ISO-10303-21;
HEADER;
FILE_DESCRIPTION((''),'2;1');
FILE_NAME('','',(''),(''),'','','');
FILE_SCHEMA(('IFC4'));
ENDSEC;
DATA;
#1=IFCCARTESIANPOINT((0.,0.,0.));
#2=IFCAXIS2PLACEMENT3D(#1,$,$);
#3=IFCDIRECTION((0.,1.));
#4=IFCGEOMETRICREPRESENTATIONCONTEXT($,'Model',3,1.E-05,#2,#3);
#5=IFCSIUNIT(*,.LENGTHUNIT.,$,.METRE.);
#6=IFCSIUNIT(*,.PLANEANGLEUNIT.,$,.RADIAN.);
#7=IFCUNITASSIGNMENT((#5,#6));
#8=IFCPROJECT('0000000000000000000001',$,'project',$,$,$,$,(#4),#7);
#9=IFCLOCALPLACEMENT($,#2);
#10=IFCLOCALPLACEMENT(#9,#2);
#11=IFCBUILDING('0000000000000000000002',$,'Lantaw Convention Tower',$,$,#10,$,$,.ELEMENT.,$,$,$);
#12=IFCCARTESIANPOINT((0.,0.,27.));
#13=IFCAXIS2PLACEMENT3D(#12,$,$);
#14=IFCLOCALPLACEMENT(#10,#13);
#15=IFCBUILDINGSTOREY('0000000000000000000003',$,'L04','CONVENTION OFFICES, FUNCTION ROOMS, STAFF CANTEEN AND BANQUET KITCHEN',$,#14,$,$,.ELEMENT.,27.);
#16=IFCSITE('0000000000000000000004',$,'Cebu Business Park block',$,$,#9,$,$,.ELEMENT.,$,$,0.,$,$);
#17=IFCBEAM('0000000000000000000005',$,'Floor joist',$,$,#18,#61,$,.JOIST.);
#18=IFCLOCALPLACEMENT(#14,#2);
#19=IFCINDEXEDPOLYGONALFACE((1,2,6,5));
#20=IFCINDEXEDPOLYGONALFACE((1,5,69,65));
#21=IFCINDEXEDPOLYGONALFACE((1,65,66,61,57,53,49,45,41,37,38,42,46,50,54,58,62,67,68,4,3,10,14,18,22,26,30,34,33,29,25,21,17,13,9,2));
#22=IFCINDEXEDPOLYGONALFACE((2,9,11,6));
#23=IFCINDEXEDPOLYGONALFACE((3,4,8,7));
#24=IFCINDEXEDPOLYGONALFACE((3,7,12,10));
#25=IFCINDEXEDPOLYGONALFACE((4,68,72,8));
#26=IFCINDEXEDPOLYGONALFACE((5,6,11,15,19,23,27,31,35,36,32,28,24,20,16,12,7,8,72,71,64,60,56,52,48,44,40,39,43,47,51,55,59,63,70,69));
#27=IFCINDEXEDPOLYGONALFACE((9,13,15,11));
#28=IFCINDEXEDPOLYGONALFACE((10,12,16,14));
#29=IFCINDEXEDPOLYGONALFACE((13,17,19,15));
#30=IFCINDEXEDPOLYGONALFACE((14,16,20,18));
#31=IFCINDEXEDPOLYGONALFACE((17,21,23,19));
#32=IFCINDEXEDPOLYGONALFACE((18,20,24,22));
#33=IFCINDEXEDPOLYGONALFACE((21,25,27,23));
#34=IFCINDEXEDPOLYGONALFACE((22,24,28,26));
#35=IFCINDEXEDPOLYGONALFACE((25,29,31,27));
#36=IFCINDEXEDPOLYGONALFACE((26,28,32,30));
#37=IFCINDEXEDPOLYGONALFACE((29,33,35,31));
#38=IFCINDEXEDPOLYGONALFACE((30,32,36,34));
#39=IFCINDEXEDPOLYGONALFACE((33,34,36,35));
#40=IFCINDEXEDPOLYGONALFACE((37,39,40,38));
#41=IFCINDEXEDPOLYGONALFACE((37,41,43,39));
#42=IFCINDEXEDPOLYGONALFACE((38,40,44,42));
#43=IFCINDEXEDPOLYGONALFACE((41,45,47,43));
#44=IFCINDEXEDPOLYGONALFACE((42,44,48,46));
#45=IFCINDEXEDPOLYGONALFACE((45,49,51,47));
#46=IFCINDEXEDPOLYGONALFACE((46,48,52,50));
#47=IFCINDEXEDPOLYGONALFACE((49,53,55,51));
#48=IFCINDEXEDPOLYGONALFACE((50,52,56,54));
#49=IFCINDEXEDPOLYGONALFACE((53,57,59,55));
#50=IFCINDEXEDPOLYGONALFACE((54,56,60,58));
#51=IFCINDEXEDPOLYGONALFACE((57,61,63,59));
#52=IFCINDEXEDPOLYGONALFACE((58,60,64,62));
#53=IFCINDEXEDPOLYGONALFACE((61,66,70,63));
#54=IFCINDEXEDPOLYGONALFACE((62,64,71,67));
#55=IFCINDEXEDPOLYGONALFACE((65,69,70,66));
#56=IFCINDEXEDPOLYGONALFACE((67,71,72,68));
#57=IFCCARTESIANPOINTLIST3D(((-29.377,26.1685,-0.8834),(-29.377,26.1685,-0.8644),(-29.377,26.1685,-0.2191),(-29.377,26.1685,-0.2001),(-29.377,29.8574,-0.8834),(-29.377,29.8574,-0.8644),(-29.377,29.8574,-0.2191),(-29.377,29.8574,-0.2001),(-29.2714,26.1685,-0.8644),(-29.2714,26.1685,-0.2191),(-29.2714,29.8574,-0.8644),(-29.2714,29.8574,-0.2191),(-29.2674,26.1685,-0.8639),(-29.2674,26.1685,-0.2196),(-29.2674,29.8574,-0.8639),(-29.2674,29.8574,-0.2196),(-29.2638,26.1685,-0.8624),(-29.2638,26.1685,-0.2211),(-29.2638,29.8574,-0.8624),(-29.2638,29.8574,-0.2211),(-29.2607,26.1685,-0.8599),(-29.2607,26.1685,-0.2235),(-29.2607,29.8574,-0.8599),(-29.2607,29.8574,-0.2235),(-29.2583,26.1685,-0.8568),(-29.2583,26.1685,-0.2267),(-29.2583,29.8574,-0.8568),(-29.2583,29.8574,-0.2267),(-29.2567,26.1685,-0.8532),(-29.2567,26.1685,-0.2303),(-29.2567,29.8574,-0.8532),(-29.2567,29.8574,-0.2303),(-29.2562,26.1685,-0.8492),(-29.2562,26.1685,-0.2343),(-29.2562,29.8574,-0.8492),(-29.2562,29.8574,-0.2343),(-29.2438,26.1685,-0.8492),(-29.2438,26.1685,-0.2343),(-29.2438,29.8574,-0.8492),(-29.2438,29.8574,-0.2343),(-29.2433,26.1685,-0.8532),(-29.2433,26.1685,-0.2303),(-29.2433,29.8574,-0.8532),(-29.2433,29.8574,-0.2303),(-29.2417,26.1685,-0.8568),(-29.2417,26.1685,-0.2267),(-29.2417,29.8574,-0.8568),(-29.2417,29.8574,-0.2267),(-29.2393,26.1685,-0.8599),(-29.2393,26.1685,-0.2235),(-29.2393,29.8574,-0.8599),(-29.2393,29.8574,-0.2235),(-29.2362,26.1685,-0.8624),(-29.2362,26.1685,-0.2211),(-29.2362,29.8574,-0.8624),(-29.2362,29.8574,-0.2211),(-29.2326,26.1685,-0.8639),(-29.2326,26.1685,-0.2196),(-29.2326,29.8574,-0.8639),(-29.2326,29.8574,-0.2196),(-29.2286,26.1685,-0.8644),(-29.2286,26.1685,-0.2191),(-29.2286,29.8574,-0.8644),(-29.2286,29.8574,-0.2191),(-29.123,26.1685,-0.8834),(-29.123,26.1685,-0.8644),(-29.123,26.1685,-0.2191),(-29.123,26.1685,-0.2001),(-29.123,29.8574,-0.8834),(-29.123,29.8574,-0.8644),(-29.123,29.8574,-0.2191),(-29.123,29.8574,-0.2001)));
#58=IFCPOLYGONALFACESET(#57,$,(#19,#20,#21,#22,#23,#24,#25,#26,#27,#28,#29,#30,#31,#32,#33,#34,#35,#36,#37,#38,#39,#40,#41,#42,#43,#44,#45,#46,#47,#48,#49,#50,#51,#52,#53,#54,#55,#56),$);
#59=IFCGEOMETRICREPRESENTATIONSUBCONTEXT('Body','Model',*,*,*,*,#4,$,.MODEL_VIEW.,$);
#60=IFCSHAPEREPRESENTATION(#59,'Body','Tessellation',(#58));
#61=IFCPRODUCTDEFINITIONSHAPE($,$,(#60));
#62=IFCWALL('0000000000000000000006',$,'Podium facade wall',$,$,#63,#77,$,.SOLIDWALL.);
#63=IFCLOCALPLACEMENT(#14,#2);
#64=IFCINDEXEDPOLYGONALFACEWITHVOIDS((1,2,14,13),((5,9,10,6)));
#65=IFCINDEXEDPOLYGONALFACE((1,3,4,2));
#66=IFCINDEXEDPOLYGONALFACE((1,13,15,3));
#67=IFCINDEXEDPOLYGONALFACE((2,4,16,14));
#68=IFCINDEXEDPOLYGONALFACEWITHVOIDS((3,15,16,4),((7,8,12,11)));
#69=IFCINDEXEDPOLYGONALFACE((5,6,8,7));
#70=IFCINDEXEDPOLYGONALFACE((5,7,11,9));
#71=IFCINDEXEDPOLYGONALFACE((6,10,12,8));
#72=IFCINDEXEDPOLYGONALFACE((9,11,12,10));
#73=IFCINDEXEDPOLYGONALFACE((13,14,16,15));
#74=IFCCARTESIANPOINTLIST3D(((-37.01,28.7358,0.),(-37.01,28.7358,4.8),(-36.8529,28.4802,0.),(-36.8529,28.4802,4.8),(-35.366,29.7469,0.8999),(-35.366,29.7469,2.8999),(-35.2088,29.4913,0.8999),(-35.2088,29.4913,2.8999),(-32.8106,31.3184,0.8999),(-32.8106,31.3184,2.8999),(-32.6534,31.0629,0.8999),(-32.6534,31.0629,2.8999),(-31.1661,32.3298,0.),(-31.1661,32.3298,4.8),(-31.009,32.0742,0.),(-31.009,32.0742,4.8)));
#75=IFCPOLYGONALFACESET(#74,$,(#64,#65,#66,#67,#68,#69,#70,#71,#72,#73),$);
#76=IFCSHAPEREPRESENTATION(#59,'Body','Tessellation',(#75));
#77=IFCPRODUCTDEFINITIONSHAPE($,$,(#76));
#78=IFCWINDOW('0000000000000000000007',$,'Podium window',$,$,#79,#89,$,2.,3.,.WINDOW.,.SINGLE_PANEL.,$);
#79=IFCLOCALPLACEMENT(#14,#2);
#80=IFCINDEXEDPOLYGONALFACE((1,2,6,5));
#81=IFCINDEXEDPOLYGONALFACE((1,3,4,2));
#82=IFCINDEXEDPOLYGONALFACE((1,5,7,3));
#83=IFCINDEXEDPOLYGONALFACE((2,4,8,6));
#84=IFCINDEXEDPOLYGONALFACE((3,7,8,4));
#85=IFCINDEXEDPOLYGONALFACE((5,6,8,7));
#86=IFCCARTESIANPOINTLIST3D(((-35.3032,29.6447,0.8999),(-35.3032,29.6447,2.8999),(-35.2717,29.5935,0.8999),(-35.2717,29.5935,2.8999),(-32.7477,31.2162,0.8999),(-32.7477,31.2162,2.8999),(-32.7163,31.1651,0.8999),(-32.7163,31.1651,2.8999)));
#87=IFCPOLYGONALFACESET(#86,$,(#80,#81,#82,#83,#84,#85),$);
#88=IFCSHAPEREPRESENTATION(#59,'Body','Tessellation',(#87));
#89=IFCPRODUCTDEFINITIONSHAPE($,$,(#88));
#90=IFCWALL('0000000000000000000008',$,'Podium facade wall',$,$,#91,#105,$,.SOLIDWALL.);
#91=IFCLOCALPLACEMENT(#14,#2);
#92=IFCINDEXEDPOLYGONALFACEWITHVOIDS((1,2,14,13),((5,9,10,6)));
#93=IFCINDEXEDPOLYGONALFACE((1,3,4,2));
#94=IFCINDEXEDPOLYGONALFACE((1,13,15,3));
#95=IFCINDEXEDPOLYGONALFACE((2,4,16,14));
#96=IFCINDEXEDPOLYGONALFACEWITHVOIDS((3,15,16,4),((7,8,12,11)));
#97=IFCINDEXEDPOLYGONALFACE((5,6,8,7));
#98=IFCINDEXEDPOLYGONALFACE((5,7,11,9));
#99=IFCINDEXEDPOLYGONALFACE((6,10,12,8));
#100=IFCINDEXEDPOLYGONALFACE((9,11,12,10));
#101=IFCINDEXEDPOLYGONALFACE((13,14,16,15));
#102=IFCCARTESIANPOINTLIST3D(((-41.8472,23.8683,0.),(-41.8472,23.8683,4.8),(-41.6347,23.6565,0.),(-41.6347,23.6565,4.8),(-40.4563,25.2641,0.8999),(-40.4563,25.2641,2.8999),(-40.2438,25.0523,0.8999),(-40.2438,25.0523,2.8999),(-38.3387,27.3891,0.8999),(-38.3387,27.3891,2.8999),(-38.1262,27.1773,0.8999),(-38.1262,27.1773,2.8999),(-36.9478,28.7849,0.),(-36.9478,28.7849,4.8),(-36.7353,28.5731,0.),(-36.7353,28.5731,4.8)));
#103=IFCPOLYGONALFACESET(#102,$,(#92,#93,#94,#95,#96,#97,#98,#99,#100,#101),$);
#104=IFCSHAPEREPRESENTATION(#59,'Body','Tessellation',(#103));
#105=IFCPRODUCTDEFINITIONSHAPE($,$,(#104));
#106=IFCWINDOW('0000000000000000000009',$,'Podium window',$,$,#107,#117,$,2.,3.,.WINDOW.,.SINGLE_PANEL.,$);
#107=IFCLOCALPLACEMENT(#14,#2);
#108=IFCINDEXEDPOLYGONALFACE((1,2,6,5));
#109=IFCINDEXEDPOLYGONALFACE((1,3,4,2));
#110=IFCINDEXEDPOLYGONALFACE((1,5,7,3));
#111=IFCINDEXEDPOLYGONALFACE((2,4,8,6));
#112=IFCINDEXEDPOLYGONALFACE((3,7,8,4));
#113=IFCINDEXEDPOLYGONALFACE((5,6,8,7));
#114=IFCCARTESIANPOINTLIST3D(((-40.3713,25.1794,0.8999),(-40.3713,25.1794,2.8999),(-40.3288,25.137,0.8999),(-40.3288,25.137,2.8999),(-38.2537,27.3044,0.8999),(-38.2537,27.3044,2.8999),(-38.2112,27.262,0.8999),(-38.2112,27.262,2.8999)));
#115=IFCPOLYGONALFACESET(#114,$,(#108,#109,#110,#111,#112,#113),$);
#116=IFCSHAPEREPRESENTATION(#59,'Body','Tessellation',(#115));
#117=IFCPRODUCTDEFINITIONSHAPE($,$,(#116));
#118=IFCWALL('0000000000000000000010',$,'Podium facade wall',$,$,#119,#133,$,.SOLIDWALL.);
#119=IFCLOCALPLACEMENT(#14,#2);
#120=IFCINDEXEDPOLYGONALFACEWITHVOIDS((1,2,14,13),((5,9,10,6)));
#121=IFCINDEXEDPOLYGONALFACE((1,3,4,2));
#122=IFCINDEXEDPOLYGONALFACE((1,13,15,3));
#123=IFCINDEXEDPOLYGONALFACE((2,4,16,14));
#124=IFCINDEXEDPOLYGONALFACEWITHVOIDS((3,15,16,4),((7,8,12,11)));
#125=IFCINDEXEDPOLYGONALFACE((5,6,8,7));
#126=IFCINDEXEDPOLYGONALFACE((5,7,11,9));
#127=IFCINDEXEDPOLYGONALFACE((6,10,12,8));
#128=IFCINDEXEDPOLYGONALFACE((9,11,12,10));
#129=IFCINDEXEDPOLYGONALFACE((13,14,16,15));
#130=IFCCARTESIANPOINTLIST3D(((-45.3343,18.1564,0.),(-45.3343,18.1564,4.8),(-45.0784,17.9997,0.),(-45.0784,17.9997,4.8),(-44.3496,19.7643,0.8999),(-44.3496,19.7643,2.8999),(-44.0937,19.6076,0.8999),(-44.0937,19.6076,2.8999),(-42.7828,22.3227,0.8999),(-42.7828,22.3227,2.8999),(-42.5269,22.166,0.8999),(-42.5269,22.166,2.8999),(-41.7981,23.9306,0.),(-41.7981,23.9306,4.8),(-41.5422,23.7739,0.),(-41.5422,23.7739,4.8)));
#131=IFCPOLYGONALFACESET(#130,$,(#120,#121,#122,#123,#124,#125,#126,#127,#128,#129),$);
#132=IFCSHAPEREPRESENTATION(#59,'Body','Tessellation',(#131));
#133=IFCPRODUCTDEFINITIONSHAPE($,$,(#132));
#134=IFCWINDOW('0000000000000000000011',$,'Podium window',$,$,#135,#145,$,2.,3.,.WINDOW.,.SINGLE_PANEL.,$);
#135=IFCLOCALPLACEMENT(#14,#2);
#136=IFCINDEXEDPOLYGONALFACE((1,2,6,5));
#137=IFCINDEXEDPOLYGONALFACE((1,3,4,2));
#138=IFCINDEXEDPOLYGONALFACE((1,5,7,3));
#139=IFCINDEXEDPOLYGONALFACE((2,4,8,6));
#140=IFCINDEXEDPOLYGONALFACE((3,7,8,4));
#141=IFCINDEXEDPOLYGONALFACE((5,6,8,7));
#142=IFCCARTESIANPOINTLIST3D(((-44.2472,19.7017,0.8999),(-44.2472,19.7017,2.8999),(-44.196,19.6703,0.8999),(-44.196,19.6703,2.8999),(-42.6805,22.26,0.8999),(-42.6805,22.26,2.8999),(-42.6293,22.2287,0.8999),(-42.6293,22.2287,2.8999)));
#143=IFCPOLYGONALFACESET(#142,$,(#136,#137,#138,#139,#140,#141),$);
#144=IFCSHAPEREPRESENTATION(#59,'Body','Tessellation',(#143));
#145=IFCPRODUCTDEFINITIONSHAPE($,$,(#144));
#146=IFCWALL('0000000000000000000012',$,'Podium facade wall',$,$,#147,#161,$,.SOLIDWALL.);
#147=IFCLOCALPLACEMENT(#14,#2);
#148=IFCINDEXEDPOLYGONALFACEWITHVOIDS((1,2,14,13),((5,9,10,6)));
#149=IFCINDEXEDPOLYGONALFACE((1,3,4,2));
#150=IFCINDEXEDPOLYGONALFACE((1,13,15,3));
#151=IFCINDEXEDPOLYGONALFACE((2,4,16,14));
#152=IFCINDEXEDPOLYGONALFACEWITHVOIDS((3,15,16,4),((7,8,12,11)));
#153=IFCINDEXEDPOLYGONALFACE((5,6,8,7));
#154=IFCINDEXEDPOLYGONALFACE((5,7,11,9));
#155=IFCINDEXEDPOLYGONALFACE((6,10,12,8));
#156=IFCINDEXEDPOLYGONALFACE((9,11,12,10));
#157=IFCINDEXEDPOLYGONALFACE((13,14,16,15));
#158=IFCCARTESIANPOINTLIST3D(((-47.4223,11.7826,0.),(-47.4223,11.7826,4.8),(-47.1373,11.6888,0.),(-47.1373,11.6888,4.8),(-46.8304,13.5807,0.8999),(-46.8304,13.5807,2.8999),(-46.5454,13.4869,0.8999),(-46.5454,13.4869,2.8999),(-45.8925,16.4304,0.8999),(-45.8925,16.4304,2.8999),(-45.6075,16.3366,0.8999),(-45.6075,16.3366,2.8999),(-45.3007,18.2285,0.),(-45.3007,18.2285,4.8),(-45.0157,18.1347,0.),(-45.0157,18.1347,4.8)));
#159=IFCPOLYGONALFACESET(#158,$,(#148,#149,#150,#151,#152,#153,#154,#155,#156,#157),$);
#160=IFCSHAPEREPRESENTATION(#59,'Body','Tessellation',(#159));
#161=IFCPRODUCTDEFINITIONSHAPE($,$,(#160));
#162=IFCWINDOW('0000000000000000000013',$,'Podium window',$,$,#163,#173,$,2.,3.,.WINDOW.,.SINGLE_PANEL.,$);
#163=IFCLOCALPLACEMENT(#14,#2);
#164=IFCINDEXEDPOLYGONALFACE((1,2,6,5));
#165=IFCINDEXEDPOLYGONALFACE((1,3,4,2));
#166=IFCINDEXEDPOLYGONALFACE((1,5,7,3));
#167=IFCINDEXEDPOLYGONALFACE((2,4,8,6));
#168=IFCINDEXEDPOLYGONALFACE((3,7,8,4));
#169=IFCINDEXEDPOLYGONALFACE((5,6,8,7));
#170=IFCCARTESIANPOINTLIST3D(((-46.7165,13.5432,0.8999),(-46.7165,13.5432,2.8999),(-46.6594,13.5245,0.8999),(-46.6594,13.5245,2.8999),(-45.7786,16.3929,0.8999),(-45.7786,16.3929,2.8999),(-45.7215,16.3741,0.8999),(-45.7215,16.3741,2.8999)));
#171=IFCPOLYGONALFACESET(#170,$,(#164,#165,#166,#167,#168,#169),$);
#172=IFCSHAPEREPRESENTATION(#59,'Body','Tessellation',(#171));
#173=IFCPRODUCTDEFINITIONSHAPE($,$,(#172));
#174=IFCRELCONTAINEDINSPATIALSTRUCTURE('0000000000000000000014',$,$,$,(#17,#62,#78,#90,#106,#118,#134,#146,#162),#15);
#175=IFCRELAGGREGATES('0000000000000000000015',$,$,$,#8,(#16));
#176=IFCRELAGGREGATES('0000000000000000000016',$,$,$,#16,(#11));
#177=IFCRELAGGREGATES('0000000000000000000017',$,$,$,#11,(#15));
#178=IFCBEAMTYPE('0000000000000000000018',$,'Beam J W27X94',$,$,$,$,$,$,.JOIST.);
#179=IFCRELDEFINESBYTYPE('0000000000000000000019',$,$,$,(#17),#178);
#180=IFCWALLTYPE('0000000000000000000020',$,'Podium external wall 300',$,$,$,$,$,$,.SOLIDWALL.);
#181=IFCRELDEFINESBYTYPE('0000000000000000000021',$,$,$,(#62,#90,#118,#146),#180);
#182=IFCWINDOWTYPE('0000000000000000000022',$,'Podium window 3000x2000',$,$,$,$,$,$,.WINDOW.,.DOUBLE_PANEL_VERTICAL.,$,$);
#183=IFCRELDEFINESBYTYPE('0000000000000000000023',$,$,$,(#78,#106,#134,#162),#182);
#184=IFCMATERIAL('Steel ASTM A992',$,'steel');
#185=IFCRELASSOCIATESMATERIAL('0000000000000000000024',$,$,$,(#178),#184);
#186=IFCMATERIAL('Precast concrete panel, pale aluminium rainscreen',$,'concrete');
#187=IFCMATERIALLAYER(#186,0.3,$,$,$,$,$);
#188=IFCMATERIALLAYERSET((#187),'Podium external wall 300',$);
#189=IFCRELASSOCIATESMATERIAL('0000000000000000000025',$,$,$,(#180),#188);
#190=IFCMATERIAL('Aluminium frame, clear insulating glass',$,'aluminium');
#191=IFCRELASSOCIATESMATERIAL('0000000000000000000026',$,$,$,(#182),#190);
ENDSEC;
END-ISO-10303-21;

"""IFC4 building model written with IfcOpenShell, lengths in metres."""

from ifc_helpers import new_model, si_unit, direction, frame, frame_2d, origin, origin_2d, place, context, subcontext, project, spatial, rectangle, i_section, extrude, material, layer, layer_set, material_profile, profile_set, type_object, element, fill, save


model = new_model("IFC4")

# Units and contexts
model_context = context("Model", 3, precision=1e-05, world=origin(), true_north=direction((0.0, 1.0)))
body_context = subcontext(model_context, "Body", "Model", "MODEL_VIEW")
ifc_project = project(units=[si_unit("LENGTHUNIT", "METRE"), si_unit("PLANEANGLEUNIT", "RADIAN")], contexts=[model_context])

# Site, building, storey
site_placement = place(None, origin())
site = spatial("IfcSite", under=ifc_project, at=site_placement, Name="Cebu Business Park block", CompositionType="ELEMENT", RefElevation=0.0)
building_placement = place(site_placement, origin())
building = spatial("IfcBuilding", under=site, at=building_placement, Name="Lantaw Convention Tower", CompositionType="ELEMENT")
storey_placement = place(building_placement, frame((0.0, 0.0, 27.0)))
storey = spatial("IfcBuildingStorey", under=building, at=storey_placement, Name="L04", Description="CONVENTION OFFICES, FUNCTION ROOMS, STAFF CANTEEN AND BANQUET KITCHEN", CompositionType="ELEMENT", Elevation=27.0)

# Beam
ifc_material_1 = material(Name="Steel ASTM A992", Category="steel")
ifc_material_profile_1 = material_profile(ifc_material_1, i_section(OverallWidth=0.2539, OverallDepth=0.6833, WebThickness=0.0125, FlangeThickness=0.019, FilletRadius=0.0151, at=origin_2d()), Name="W27X94")
ifc_profile_set_1 = profile_set([ifc_material_profile_1], Name="Steel ASTM A992")
beam_type_1 = type_object("IfcBeamType", Name="Beam J W27X94", PredefinedType="JOIST", material=ifc_profile_set_1)
beam_1_placement = place(storey_placement, frame((-29.25, 26.1685, -0.5417), z_axis=(0.0, 1.0, 0.0), x_axis=(-1.0, 0.0, 0.0)))
element("IfcBeam", 1, at=beam_1_placement, inside=storey, type_object=beam_type_1, Name="Floor joist", PredefinedType="JOIST", context=body_context, shape_type="SweptSolid", body=[
    extrude(i_section(OverallWidth=0.2539, OverallDepth=0.6833, WebThickness=0.0125, FlangeThickness=0.019, FilletRadius=0.0151, at=origin_2d()), origin(), (0.0, 0.0, 1.0), 3.689),
])

# Walls, openings, windows
ifc_material_2 = material(Name="Precast concrete panel, pale aluminium rainscreen", Category="concrete")
ifc_layer_1 = layer(ifc_material_2, 0.3)
ifc_layer_set_1 = layer_set([ifc_layer_1], Name="Podium external wall 300")
wall_type_1 = type_object("IfcWallType", Name="Podium external wall 300", PredefinedType="SOLIDWALL", material=ifc_layer_set_1)
wall_1_placement = place(storey_placement, frame((-31.0876, 32.2019, 0.0), z_axis=(0.0, 0.0, 1.0), x_axis=(-0.851809, -0.523853, 0.0)))
wall_1 = element("IfcWall", 2, at=wall_1_placement, inside=storey, type_object=wall_type_1, Name="Podium facade wall", PredefinedType="SOLIDWALL", context=body_context, shape_type="SweptSolid", body=[
    extrude(rectangle(XDim=6.8606, YDim=0.3, at=frame_2d((3.4302, 0.0))), origin(), (0.0, 0.0, 1.0), 4.8),
])
opening_1_placement = place(wall_1_placement, frame((1.9304, 0.0, 0.8999)))
opening_1 = element("IfcOpeningElement", 3, at=opening_1_placement, cuts=wall_1, PredefinedType="OPENING", context=body_context, shape_type="SweptSolid", body=[
    extrude(rectangle(XDim=3.0, YDim=2.0, at=frame_2d((1.5, 1.0))), frame((0.0, 0.1599, 0.0), z_axis=(0.0, -1.0, 0.0), x_axis=(1.0, 0.0, 0.0)), (0.0, 0.0, 1.0), 0.3201),
])
ifc_material_3 = material(Name="Aluminium frame, clear insulating glass", Category="aluminium")
window_type = type_object("IfcWindowType", Name="Podium window 3000x2000", PartitioningType="DOUBLE_PANEL_VERTICAL", PredefinedType="WINDOW", material=ifc_material_3)
window_1_placement = place(opening_1_placement, origin())
window_1 = element("IfcWindow", 4, at=window_1_placement, inside=storey, type_object=window_type, Name="Podium window", OverallHeight=2.0, OverallWidth=3.0, PartitioningType="SINGLE_PANEL", PredefinedType="WINDOW", context=body_context, shape_type="SweptSolid", body=[
    extrude(rectangle(XDim=3.0, YDim=2.0, at=frame_2d((1.5, 1.0))), frame((0.0, 0.03, 0.0), z_axis=(0.0, -1.0, 0.0), x_axis=(1.0, 0.0, 0.0)), (0.0, 0.0, 1.0), 0.0601),
])
fill(opening_1, window_1)
wall_2_placement = place(storey_placement, frame((-36.8416, 28.679, 0.0), z_axis=(0.0, 0.0, 1.0), x_axis=(-0.705875, -0.708337, 0.0)))
wall_2 = element("IfcWall", 5, at=wall_2_placement, inside=storey, type_object=wall_type_1, Name="Podium facade wall", PredefinedType="SOLIDWALL", context=body_context, shape_type="SweptSolid", body=[
    extrude(rectangle(XDim=6.9409, YDim=0.3, at=frame_2d((3.4705, 0.0))), origin(), (0.0, 0.0, 1.0), 4.8),
])
opening_2_placement = place(wall_2_placement, frame((1.9705, 0.0, 0.8999)))
opening_2 = element("IfcOpeningElement", 6, at=opening_2_placement, cuts=wall_2, PredefinedType="OPENING", context=body_context, shape_type="SweptSolid", body=[
    extrude(rectangle(XDim=3.0, YDim=2.0, at=frame_2d((1.5, 1.0))), frame((0.0, 0.1599, 0.0), z_axis=(0.0, -1.0, 0.0), x_axis=(1.0, 0.0, 0.0)), (0.0, 0.0, 1.0), 0.3201),
])
window_2_placement = place(opening_2_placement, origin())
window_2 = element("IfcWindow", 7, at=window_2_placement, inside=storey, type_object=window_type, Name="Podium window", OverallHeight=2.0, OverallWidth=3.0, PartitioningType="SINGLE_PANEL", PredefinedType="WINDOW", context=body_context, shape_type="SweptSolid", body=[
    extrude(rectangle(XDim=3.0, YDim=2.0, at=frame_2d((1.5, 1.0))), frame((0.0, 0.03, 0.0), z_axis=(0.0, -1.0, 0.0), x_axis=(1.0, 0.0, 0.0)), (0.0, 0.0, 1.0), 0.0601),
])
fill(opening_2, window_2)
wall_3_placement = place(storey_placement, frame((-41.6702, 23.8523, 0.0), z_axis=(0.0, 0.0, 1.0), x_axis=(-0.522253, -0.85279, 0.0)))
wall_3 = element("IfcWall", 8, at=wall_3_placement, inside=storey, type_object=wall_type_1, Name="Podium facade wall", PredefinedType="SOLIDWALL", context=body_context, shape_type="SweptSolid", body=[
    extrude(rectangle(XDim=6.771, YDim=0.3, at=frame_2d((3.3855, 0.0))), origin(), (0.0, 0.0, 1.0), 4.8),
])
opening_3_placement = place(wall_3_placement, frame((1.8855, 0.0, 0.8999)))
opening_3 = element("IfcOpeningElement", 9, at=opening_3_placement, cuts=wall_3, PredefinedType="OPENING", context=body_context, shape_type="SweptSolid", body=[
    extrude(rectangle(XDim=3.0, YDim=2.0, at=frame_2d((1.5, 1.0))), frame((0.0, 0.1599, 0.0), z_axis=(0.0, -1.0, 0.0), x_axis=(1.0, 0.0, 0.0)), (0.0, 0.0, 1.0), 0.3201),
])
window_3_placement = place(opening_3_placement, origin())
window_3 = element("IfcWindow", 10, at=window_3_placement, inside=storey, type_object=window_type, Name="Podium window", OverallHeight=2.0, OverallWidth=3.0, PartitioningType="SINGLE_PANEL", PredefinedType="WINDOW", context=body_context, shape_type="SweptSolid", body=[
    extrude(rectangle(XDim=3.0, YDim=2.0, at=frame_2d((1.5, 1.0))), frame((0.0, 0.03, 0.0), z_axis=(0.0, -1.0, 0.0), x_axis=(1.0, 0.0, 0.0)), (0.0, 0.0, 1.0), 0.0601),
])
fill(opening_3, window_3)
wall_4_placement = place(storey_placement, frame((-45.1582, 18.1816, 0.0), z_axis=(0.0, 0.0, 1.0), x_axis=(-0.312631, -0.949874, 0.0)))
wall_4 = element("IfcWall", 11, at=wall_4_placement, inside=storey, type_object=wall_type_1, Name="Podium facade wall", PredefinedType="SOLIDWALL", context=body_context, shape_type="SweptSolid", body=[
    extrude(rectangle(XDim=6.7861, YDim=0.3, at=frame_2d((3.3931, 0.0))), origin(), (0.0, 0.0, 1.0), 4.8),
])
opening_4_placement = place(wall_4_placement, frame((1.8931, 0.0, 0.8999)))
opening_4 = element("IfcOpeningElement", 12, at=opening_4_placement, cuts=wall_4, PredefinedType="OPENING", context=body_context, shape_type="SweptSolid", body=[
    extrude(rectangle(XDim=3.0, YDim=2.0, at=frame_2d((1.5, 1.0))), frame((0.0, 0.1599, 0.0), z_axis=(0.0, -1.0, 0.0), x_axis=(1.0, 0.0, 0.0)), (0.0, 0.0, 1.0), 0.3201),
])
window_4_placement = place(opening_4_placement, origin())
window_4 = element("IfcWindow", 13, at=window_4_placement, inside=storey, type_object=window_type, Name="Podium window", OverallHeight=2.0, OverallWidth=3.0, PartitioningType="SINGLE_PANEL", PredefinedType="WINDOW", context=body_context, shape_type="SweptSolid", body=[
    extrude(rectangle(XDim=3.0, YDim=2.0, at=frame_2d((1.5, 1.0))), frame((0.0, 0.03, 0.0), z_axis=(0.0, -1.0, 0.0), x_axis=(1.0, 0.0, 0.0)), (0.0, 0.0, 1.0), 0.0601),
])
fill(opening_4, window_4)

save(model, "model.ifc")
